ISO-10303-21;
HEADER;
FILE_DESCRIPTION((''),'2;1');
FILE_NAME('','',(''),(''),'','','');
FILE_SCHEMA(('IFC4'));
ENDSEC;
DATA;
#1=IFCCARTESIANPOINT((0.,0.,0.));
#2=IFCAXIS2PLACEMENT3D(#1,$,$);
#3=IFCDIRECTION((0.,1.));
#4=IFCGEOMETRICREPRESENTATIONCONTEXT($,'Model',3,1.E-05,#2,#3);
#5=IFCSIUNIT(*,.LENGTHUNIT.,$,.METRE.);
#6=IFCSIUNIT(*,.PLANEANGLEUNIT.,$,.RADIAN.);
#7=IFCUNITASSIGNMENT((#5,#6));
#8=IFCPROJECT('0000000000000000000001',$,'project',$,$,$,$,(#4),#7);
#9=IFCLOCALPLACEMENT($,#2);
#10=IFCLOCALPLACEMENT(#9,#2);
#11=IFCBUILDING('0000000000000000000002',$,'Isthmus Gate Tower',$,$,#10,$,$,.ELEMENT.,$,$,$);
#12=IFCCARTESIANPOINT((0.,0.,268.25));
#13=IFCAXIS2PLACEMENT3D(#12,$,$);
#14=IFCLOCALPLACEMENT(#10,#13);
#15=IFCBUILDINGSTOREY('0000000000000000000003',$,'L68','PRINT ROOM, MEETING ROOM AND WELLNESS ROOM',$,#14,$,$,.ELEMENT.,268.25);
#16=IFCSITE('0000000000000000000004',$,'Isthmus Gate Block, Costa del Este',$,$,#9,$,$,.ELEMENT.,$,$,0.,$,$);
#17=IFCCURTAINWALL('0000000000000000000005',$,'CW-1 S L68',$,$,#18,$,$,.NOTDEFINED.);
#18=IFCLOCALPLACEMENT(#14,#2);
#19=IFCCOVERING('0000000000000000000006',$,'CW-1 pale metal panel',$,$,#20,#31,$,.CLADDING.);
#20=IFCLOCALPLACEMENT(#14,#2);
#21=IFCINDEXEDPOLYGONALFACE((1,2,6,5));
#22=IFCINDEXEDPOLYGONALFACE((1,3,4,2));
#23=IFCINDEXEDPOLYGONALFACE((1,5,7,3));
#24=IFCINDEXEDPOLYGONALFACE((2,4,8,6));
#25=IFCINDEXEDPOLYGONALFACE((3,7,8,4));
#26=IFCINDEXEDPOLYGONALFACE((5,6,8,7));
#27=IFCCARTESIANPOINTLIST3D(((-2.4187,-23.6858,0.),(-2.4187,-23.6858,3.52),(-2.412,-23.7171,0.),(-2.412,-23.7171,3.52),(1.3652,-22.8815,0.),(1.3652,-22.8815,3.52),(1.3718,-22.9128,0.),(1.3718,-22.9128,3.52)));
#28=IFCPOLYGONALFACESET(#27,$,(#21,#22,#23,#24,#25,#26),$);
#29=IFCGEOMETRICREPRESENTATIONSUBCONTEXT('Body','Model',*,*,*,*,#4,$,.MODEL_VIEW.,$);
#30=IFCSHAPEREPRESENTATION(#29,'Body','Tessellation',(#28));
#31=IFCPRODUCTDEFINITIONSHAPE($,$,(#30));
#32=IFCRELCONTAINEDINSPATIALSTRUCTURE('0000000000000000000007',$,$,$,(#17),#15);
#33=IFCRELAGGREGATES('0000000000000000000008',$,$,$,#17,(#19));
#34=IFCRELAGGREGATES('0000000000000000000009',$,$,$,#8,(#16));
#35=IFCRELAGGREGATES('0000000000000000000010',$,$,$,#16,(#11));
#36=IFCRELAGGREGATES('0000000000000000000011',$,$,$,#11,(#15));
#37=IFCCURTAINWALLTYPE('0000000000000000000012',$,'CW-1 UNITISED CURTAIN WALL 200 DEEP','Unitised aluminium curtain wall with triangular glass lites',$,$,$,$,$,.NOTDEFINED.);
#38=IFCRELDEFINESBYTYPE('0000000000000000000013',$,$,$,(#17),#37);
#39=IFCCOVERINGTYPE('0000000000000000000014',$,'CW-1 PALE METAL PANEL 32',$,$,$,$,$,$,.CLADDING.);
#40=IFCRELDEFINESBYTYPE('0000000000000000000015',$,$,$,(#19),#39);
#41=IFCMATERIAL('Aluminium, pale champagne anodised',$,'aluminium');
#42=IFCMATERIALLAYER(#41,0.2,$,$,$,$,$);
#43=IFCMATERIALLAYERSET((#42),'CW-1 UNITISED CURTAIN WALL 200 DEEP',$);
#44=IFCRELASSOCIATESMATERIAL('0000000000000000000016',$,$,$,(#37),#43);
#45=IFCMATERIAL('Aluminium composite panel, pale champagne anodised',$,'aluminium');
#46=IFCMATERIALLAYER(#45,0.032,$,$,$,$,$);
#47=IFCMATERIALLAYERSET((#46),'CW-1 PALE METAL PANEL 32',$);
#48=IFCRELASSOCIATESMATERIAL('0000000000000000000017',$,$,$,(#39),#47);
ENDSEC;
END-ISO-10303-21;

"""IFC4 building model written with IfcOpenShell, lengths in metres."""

from ifc_helpers import new_model, si_unit, direction, frame, origin, origin_2d, place, context, subcontext, project, spatial, rectangle, extrude, material, layer, layer_set, type_object, element, aggregate, save


model = new_model("IFC4")

# Units and contexts
model_context = context("Model", 3, precision=1e-05, world=origin(), true_north=direction((0.0, 1.0)))
body_context = subcontext(model_context, "Body", "Model", "MODEL_VIEW")
ifc_project = project(units=[si_unit("LENGTHUNIT", "METRE"), si_unit("PLANEANGLEUNIT", "RADIAN")], contexts=[model_context])

# Site, building, storey
site_placement = place(None, origin())
site = spatial("IfcSite", under=ifc_project, at=site_placement, Name="Isthmus Gate Block, Costa del Este", CompositionType="ELEMENT", RefElevation=0.0)
building_placement = place(site_placement, origin())
building = spatial("IfcBuilding", under=site, at=building_placement, Name="Isthmus Gate Tower", CompositionType="ELEMENT")
storey_placement = place(building_placement, frame((0.0, 0.0, 268.25)))
storey = spatial("IfcBuildingStorey", under=building, at=storey_placement, Name="L68", Description="PRINT ROOM, MEETING ROOM AND WELLNESS ROOM", CompositionType="ELEMENT", Elevation=268.25)

# Shared definitions
ifc_material_1 = material(Name="Aluminium, pale champagne anodised", Category="aluminium")
ifc_layer_1 = layer(ifc_material_1, 0.2)
ifc_layer_set_1 = layer_set([ifc_layer_1], Name="CW-1 UNITISED CURTAIN WALL 200 DEEP")
curtain_wall_type = type_object("IfcCurtainWallType", Name="CW-1 UNITISED CURTAIN WALL 200 DEEP", Description="Unitised aluminium curtain wall with triangular glass lites", PredefinedType="NOTDEFINED", material=ifc_layer_set_1)

# Curtain wall
curtain_wall_1_placement = place(storey_placement, origin())
curtain_wall_1 = element("IfcCurtainWall", 1, at=curtain_wall_1_placement, inside=storey, type_object=curtain_wall_type, Name="CW-1 S L68", PredefinedType="NOTDEFINED")

# Covering
ifc_material_2 = material(Name="Aluminium composite panel, pale champagne anodised", Category="aluminium")
ifc_layer_2 = layer(ifc_material_2, 0.032)
ifc_layer_set_2 = layer_set([ifc_layer_2], Name="CW-1 PALE METAL PANEL 32")
covering_type = type_object("IfcCoveringType", Name="CW-1 PALE METAL PANEL 32", PredefinedType="CLADDING", material=ifc_layer_set_2)
covering_1_placement = place(storey_placement, frame((-0.5234, -23.2993, 0.0), z_axis=(0.0, 0.0, 1.0), x_axis=(0.978148, 0.207912, 0.0)))
covering_1 = element("IfcCovering", 2, at=covering_1_placement, type_object=covering_type, Name="CW-1 pale metal panel", PredefinedType="CLADDING", context=body_context, shape_type="SweptSolid", body=[
    extrude(rectangle(XDim=3.8684, YDim=0.032, at=origin_2d()), origin(), (0.0, 0.0, 1.0), 3.52),
])
aggregate(curtain_wall_1, [covering_1])

save(model, "model.ifc")
